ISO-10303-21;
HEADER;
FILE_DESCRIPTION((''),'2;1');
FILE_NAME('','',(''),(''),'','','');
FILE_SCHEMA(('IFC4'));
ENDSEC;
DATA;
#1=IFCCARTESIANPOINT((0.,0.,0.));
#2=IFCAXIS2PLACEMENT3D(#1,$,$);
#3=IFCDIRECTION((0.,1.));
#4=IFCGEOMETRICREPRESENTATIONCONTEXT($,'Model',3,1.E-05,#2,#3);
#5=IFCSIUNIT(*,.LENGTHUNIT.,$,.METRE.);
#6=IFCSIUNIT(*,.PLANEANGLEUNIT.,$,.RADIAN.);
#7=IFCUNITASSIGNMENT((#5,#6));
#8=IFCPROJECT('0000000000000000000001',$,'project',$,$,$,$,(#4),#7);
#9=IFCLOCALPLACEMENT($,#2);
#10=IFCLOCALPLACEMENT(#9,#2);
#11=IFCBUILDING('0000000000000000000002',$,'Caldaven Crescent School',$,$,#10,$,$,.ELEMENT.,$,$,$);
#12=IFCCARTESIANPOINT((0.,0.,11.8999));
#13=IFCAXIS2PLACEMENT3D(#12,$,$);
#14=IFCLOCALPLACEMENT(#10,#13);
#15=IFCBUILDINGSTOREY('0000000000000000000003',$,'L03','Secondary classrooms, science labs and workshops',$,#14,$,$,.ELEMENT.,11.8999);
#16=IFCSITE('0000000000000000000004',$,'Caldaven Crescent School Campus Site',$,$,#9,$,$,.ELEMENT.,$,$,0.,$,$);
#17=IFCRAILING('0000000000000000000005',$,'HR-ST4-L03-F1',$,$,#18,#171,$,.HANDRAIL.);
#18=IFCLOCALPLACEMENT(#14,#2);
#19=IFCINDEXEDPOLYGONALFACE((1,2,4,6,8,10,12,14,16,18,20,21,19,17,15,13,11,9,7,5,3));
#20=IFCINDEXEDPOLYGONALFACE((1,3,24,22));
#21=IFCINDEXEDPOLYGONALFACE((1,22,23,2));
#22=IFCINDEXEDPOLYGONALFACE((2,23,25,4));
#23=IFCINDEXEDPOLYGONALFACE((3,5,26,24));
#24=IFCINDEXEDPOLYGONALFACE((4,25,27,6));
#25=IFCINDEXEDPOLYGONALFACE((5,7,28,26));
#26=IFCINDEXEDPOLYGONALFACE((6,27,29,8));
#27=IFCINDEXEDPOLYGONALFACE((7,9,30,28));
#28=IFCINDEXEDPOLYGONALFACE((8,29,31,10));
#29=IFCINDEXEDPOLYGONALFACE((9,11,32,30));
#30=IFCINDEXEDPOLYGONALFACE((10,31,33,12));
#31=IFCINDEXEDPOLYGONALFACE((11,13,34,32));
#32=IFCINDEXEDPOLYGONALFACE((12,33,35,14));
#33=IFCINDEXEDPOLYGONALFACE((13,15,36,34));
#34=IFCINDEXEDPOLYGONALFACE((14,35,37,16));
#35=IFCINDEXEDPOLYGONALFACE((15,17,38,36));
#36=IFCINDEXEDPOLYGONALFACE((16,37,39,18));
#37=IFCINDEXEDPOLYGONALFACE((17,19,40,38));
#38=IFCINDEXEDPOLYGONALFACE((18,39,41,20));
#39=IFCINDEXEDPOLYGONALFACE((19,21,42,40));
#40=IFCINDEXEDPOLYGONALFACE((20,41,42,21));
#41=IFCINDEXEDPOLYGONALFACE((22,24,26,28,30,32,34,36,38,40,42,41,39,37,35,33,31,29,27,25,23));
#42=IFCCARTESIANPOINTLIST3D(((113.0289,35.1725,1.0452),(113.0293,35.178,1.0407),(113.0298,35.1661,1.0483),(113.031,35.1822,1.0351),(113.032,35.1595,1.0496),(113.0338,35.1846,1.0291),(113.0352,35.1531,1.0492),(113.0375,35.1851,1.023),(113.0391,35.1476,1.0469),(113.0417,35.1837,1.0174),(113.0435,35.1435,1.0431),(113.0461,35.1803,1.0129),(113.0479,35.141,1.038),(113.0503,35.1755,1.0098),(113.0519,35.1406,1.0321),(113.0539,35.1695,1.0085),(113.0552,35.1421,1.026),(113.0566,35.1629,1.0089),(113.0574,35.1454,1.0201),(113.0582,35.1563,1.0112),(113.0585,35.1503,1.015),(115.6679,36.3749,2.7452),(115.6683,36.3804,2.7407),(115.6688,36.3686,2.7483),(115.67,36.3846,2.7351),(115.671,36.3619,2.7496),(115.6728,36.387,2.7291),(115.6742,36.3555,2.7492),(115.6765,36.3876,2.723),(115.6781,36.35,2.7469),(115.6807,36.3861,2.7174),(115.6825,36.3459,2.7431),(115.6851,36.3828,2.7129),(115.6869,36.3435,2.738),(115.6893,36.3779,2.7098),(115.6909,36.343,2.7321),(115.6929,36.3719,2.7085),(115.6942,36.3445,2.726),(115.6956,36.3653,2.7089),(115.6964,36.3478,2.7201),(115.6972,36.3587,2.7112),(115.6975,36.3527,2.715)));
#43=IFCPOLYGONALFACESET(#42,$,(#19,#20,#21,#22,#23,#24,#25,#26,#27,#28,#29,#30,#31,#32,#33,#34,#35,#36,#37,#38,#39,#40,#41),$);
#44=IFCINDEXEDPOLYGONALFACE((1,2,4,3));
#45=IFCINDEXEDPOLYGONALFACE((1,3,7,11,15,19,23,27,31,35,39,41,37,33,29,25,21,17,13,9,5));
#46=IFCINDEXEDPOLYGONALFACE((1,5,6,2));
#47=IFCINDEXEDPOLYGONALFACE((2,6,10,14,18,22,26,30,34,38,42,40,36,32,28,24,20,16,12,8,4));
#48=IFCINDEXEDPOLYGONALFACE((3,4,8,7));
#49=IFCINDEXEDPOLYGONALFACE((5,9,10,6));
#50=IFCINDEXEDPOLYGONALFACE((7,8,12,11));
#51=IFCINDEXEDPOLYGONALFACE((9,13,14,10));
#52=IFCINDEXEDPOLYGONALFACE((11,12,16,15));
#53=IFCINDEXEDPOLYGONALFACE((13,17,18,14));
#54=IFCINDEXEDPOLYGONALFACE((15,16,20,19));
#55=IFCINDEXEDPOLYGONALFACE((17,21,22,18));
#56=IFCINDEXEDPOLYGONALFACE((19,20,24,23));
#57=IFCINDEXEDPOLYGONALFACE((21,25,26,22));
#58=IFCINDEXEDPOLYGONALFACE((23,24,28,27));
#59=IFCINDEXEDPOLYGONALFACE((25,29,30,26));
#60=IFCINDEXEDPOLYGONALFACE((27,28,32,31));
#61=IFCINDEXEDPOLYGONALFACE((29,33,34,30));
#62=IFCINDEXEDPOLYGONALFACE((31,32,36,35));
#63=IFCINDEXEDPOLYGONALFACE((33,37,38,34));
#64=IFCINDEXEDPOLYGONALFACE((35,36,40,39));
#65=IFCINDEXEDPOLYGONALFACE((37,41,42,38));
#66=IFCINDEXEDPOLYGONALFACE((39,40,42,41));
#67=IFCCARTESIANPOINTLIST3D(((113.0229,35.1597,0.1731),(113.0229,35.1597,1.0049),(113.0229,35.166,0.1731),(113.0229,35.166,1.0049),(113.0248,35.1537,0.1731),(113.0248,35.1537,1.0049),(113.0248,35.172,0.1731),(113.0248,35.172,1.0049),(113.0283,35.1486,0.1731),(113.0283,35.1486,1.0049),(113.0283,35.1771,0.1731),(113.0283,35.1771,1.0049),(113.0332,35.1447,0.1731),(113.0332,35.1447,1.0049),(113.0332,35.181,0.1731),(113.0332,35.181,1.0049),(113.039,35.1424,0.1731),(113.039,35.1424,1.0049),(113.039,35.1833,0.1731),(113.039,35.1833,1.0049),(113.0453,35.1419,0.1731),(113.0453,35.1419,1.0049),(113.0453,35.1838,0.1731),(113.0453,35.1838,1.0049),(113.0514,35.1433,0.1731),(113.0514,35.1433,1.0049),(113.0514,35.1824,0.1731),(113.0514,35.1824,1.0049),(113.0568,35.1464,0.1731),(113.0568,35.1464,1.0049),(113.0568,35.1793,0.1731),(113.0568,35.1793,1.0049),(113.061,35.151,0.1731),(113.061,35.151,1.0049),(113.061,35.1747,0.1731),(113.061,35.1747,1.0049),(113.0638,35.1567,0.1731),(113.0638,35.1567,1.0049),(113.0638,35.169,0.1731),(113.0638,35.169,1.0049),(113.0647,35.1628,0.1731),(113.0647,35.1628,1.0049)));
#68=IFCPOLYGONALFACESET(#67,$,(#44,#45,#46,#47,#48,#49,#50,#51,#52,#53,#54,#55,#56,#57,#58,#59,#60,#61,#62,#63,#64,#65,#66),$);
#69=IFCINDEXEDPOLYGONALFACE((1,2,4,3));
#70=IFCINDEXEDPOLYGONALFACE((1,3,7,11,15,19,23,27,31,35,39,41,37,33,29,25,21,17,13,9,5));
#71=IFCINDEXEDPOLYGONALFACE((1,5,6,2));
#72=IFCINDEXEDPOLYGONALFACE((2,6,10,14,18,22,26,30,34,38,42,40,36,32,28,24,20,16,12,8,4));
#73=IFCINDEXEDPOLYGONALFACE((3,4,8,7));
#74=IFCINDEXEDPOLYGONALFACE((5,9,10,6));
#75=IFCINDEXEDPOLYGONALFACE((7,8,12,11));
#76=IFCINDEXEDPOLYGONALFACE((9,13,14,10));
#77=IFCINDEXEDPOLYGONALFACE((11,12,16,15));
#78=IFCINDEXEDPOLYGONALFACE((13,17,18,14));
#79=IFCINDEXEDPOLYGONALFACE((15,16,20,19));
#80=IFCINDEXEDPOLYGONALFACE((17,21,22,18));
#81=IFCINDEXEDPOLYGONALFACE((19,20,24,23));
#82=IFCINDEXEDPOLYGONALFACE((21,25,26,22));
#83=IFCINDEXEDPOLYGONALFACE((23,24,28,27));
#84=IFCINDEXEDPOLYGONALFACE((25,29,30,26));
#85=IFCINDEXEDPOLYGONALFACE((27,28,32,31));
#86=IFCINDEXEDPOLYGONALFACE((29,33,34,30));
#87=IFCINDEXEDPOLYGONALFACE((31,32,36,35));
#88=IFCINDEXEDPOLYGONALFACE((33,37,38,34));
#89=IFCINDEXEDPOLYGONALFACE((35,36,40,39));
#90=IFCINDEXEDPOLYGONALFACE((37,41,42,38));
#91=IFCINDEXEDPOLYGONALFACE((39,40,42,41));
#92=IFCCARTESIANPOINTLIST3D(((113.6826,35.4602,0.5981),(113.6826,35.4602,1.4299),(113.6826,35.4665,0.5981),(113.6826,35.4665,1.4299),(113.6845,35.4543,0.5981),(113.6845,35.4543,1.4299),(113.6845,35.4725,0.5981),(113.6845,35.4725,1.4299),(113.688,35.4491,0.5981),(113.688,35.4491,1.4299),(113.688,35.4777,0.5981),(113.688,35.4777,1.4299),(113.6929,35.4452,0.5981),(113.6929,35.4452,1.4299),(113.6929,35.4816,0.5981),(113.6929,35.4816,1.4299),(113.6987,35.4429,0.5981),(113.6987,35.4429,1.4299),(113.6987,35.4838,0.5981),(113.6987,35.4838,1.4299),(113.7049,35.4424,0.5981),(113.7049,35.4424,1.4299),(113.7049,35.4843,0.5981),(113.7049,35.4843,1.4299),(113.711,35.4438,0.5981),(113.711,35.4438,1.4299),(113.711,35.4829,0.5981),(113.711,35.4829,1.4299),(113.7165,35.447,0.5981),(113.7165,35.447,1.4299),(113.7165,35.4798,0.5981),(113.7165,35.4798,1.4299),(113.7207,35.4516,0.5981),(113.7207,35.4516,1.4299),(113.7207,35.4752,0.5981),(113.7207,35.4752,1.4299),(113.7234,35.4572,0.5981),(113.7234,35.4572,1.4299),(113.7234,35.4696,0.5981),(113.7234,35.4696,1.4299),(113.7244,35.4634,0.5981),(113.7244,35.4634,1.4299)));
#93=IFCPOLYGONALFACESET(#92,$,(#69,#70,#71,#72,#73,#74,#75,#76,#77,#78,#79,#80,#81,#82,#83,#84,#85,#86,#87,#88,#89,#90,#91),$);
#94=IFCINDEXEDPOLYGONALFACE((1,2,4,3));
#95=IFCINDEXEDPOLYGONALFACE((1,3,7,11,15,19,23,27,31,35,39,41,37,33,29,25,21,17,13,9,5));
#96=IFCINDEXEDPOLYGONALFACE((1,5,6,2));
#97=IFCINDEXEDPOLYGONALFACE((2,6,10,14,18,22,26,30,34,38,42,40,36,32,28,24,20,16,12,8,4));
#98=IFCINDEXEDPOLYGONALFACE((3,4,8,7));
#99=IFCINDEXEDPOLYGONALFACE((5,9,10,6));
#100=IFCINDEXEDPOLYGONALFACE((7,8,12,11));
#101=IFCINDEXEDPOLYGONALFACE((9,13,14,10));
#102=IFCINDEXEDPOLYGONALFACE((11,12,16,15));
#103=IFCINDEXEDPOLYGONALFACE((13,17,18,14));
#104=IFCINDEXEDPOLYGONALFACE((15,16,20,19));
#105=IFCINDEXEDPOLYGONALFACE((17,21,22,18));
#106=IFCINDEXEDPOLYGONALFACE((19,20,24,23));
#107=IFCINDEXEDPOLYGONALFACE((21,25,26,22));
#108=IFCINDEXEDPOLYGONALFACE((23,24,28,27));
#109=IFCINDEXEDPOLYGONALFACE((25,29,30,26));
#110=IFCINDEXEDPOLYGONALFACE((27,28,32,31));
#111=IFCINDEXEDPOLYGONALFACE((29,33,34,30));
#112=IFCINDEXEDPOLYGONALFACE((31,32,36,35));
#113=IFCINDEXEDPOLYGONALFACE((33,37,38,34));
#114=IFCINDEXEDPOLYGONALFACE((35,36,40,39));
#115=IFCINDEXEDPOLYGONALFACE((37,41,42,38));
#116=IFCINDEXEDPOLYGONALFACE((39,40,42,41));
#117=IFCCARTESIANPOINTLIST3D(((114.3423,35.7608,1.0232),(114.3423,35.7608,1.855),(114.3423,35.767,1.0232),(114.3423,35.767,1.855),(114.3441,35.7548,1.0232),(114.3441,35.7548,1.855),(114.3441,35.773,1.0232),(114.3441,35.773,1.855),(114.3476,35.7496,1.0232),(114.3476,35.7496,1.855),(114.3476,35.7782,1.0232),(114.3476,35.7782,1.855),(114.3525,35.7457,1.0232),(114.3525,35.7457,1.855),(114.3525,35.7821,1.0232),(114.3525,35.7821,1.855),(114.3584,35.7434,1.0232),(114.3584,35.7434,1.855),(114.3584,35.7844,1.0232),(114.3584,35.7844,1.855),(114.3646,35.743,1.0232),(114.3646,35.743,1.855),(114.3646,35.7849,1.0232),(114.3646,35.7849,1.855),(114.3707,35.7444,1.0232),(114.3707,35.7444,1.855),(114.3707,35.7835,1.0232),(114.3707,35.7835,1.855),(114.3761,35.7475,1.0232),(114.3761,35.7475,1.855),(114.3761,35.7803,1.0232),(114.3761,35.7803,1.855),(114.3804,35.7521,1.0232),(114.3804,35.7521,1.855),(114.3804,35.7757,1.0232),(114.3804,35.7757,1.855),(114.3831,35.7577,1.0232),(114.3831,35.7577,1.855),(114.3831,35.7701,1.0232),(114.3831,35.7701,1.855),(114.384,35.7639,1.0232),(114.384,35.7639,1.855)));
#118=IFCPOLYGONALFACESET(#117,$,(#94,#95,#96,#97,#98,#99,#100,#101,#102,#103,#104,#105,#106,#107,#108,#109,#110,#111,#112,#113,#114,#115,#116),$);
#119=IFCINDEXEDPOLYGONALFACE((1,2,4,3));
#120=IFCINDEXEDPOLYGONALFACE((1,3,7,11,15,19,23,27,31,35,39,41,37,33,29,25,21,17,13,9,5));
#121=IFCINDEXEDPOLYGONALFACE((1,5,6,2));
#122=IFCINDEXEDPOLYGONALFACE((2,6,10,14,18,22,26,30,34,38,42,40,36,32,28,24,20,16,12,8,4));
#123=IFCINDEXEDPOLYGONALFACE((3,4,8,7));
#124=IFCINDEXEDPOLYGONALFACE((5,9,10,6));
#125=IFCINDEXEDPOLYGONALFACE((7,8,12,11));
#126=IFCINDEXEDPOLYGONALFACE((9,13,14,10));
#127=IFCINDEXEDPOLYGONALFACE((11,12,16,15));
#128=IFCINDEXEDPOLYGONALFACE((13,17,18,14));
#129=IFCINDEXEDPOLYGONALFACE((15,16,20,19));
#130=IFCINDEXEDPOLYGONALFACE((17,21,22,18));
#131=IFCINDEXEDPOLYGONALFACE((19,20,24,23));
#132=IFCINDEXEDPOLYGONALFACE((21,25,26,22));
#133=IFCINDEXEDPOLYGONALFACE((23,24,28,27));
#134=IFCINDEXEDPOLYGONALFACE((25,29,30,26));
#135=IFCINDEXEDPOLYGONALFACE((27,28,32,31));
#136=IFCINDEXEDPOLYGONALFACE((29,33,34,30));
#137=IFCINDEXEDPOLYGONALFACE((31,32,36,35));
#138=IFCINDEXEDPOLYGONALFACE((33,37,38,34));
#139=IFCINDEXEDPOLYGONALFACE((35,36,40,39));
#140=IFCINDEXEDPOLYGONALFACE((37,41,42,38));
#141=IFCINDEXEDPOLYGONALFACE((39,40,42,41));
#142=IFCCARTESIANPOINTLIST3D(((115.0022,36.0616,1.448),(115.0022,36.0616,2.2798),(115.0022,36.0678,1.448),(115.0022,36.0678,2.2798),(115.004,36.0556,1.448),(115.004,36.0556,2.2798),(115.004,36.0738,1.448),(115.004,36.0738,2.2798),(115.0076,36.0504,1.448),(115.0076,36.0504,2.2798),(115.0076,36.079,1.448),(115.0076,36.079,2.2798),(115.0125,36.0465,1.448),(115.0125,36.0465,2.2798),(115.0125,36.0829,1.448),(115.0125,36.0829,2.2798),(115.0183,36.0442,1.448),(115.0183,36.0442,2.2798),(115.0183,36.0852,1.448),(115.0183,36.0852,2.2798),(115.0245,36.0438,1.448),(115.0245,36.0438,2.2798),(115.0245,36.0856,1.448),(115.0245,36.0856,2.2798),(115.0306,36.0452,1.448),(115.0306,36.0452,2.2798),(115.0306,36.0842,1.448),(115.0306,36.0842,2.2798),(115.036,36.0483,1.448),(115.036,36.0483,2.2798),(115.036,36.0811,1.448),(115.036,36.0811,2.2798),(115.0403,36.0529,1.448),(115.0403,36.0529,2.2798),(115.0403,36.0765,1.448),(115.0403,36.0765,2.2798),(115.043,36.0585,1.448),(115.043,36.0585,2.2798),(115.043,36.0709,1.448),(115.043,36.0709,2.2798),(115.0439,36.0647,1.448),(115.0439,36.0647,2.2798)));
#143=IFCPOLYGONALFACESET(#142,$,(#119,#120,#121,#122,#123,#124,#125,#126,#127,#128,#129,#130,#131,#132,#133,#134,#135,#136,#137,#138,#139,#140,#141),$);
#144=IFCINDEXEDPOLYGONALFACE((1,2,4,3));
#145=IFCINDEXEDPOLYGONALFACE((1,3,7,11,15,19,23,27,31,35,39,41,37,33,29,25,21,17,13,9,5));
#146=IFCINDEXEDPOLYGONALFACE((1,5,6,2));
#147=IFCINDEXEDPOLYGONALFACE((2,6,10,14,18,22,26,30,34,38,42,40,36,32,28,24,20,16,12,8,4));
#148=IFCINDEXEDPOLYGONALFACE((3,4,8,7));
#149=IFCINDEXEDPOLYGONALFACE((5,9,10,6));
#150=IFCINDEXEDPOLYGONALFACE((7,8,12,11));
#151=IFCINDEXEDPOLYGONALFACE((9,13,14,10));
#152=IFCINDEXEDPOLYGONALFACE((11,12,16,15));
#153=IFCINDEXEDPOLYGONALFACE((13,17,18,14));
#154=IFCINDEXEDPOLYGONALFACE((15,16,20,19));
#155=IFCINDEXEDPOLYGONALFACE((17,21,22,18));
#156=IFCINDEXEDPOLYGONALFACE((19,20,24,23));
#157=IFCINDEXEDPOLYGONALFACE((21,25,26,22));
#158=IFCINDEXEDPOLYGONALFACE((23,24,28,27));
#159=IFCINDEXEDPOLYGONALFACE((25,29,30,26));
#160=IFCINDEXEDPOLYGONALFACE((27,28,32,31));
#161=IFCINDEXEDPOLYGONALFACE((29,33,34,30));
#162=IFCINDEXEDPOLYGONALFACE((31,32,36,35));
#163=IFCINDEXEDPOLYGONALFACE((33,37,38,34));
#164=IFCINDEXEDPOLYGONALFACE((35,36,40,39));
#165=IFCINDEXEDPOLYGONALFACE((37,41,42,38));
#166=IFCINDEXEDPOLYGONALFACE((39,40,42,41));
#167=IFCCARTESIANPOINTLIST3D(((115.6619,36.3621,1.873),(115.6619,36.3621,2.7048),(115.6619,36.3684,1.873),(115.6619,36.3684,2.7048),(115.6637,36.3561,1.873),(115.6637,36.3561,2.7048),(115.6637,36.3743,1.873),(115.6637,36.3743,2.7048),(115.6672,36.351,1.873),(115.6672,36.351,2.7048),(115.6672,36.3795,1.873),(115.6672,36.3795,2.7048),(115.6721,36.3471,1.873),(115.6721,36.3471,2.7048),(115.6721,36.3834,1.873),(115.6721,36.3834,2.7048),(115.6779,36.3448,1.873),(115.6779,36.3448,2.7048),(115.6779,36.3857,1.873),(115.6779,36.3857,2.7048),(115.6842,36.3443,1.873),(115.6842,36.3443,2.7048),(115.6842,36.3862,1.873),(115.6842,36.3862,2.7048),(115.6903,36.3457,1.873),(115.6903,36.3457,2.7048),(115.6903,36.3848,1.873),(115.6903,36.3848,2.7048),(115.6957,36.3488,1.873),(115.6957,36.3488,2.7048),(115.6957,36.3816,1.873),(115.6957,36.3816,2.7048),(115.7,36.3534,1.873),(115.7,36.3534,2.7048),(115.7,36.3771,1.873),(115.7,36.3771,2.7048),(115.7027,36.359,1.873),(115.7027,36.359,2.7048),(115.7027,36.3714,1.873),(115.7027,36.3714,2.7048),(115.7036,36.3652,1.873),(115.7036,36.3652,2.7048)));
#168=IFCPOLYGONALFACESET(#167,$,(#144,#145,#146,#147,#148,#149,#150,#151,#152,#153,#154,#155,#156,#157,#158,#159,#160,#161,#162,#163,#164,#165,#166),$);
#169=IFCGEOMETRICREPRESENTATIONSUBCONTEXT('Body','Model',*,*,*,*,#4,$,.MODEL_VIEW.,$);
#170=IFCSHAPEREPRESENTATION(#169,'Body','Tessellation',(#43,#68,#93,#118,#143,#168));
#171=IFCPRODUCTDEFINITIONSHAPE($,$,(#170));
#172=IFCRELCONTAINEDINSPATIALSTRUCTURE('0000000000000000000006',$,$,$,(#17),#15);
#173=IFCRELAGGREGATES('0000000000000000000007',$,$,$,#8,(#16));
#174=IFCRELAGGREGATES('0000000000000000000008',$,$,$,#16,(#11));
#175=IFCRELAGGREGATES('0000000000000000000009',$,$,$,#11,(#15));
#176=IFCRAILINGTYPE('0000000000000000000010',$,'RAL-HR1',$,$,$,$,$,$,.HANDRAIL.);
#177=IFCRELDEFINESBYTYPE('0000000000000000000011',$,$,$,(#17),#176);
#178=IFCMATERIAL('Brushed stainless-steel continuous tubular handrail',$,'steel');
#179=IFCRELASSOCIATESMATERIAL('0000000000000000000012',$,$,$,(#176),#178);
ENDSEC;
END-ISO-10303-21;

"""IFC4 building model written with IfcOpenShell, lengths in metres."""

from ifc_helpers import new_model, si_unit, direction, frame, origin, origin_2d, place, context, subcontext, project, spatial, circle, extrude, material, type_object, element, save


model = new_model("IFC4")

# Units and contexts
model_context = context("Model", 3, precision=1e-05, world=origin(), true_north=direction((0.0, 1.0)))
body_context = subcontext(model_context, "Body", "Model", "MODEL_VIEW")
ifc_project = project(units=[si_unit("LENGTHUNIT", "METRE"), si_unit("PLANEANGLEUNIT", "RADIAN")], contexts=[model_context])

# Site, building, storey
site_placement = place(None, origin())
site = spatial("IfcSite", under=ifc_project, at=site_placement, Name="Caldaven Crescent School Campus Site", CompositionType="ELEMENT", RefElevation=0.0)
building_placement = place(site_placement, origin())
building = spatial("IfcBuilding", under=site, at=building_placement, Name="Caldaven Crescent School", CompositionType="ELEMENT")
storey_placement = place(building_placement, frame((0.0, 0.0, 11.8999)))
storey = spatial("IfcBuildingStorey", under=building, at=storey_placement, Name="L03", Description="Secondary classrooms, science labs and workshops", CompositionType="ELEMENT", Elevation=11.8999)

# Railing
ifc_material_1 = material(Name="Brushed stainless-steel continuous tubular handrail", Category="steel")
railing_type_1 = type_object("IfcRailingType", Name="RAL-HR1", PredefinedType="HANDRAIL", material=ifc_material_1)
railing_1_placement = place(storey_placement, frame((113.0437, 35.1628, 0.1731)))
element("IfcRailing", 1, at=railing_1_placement, inside=storey, type_object=railing_type_1, Name="HR-ST4-L03-F1", PredefinedType="HANDRAIL", context=body_context, shape_type="SweptSolid", body=[
    extrude(circle(Radius=0.0239, at=origin_2d()), frame((0.0, 0.0, 0.856), z_axis=(0.785049, 0.357699, 0.505717), x_axis=(-0.414627, 0.909991, 0.0)), (0.0, 0.0, 1.0), 3.3616),
    extrude(circle(Radius=0.021, at=origin_2d()), origin(), (0.0, 0.0, 1.0), 0.8318),
    extrude(circle(Radius=0.021, at=origin_2d()), frame((0.6597, 0.3005, 0.425)), (0.0, 0.0, 1.0), 0.8318),
    extrude(circle(Radius=0.021, at=origin_2d()), frame((1.3193, 0.6011, 0.8501)), (0.0, 0.0, 1.0), 0.8318),
    extrude(circle(Radius=0.021, at=origin_2d()), frame((1.9792, 0.9019, 1.2749)), (0.0, 0.0, 1.0), 0.8318),
    extrude(circle(Radius=0.021, at=origin_2d()), frame((2.6389, 1.2024, 1.7)), (0.0, 0.0, 1.0), 0.8318),
])

save(model, "model.ifc")
